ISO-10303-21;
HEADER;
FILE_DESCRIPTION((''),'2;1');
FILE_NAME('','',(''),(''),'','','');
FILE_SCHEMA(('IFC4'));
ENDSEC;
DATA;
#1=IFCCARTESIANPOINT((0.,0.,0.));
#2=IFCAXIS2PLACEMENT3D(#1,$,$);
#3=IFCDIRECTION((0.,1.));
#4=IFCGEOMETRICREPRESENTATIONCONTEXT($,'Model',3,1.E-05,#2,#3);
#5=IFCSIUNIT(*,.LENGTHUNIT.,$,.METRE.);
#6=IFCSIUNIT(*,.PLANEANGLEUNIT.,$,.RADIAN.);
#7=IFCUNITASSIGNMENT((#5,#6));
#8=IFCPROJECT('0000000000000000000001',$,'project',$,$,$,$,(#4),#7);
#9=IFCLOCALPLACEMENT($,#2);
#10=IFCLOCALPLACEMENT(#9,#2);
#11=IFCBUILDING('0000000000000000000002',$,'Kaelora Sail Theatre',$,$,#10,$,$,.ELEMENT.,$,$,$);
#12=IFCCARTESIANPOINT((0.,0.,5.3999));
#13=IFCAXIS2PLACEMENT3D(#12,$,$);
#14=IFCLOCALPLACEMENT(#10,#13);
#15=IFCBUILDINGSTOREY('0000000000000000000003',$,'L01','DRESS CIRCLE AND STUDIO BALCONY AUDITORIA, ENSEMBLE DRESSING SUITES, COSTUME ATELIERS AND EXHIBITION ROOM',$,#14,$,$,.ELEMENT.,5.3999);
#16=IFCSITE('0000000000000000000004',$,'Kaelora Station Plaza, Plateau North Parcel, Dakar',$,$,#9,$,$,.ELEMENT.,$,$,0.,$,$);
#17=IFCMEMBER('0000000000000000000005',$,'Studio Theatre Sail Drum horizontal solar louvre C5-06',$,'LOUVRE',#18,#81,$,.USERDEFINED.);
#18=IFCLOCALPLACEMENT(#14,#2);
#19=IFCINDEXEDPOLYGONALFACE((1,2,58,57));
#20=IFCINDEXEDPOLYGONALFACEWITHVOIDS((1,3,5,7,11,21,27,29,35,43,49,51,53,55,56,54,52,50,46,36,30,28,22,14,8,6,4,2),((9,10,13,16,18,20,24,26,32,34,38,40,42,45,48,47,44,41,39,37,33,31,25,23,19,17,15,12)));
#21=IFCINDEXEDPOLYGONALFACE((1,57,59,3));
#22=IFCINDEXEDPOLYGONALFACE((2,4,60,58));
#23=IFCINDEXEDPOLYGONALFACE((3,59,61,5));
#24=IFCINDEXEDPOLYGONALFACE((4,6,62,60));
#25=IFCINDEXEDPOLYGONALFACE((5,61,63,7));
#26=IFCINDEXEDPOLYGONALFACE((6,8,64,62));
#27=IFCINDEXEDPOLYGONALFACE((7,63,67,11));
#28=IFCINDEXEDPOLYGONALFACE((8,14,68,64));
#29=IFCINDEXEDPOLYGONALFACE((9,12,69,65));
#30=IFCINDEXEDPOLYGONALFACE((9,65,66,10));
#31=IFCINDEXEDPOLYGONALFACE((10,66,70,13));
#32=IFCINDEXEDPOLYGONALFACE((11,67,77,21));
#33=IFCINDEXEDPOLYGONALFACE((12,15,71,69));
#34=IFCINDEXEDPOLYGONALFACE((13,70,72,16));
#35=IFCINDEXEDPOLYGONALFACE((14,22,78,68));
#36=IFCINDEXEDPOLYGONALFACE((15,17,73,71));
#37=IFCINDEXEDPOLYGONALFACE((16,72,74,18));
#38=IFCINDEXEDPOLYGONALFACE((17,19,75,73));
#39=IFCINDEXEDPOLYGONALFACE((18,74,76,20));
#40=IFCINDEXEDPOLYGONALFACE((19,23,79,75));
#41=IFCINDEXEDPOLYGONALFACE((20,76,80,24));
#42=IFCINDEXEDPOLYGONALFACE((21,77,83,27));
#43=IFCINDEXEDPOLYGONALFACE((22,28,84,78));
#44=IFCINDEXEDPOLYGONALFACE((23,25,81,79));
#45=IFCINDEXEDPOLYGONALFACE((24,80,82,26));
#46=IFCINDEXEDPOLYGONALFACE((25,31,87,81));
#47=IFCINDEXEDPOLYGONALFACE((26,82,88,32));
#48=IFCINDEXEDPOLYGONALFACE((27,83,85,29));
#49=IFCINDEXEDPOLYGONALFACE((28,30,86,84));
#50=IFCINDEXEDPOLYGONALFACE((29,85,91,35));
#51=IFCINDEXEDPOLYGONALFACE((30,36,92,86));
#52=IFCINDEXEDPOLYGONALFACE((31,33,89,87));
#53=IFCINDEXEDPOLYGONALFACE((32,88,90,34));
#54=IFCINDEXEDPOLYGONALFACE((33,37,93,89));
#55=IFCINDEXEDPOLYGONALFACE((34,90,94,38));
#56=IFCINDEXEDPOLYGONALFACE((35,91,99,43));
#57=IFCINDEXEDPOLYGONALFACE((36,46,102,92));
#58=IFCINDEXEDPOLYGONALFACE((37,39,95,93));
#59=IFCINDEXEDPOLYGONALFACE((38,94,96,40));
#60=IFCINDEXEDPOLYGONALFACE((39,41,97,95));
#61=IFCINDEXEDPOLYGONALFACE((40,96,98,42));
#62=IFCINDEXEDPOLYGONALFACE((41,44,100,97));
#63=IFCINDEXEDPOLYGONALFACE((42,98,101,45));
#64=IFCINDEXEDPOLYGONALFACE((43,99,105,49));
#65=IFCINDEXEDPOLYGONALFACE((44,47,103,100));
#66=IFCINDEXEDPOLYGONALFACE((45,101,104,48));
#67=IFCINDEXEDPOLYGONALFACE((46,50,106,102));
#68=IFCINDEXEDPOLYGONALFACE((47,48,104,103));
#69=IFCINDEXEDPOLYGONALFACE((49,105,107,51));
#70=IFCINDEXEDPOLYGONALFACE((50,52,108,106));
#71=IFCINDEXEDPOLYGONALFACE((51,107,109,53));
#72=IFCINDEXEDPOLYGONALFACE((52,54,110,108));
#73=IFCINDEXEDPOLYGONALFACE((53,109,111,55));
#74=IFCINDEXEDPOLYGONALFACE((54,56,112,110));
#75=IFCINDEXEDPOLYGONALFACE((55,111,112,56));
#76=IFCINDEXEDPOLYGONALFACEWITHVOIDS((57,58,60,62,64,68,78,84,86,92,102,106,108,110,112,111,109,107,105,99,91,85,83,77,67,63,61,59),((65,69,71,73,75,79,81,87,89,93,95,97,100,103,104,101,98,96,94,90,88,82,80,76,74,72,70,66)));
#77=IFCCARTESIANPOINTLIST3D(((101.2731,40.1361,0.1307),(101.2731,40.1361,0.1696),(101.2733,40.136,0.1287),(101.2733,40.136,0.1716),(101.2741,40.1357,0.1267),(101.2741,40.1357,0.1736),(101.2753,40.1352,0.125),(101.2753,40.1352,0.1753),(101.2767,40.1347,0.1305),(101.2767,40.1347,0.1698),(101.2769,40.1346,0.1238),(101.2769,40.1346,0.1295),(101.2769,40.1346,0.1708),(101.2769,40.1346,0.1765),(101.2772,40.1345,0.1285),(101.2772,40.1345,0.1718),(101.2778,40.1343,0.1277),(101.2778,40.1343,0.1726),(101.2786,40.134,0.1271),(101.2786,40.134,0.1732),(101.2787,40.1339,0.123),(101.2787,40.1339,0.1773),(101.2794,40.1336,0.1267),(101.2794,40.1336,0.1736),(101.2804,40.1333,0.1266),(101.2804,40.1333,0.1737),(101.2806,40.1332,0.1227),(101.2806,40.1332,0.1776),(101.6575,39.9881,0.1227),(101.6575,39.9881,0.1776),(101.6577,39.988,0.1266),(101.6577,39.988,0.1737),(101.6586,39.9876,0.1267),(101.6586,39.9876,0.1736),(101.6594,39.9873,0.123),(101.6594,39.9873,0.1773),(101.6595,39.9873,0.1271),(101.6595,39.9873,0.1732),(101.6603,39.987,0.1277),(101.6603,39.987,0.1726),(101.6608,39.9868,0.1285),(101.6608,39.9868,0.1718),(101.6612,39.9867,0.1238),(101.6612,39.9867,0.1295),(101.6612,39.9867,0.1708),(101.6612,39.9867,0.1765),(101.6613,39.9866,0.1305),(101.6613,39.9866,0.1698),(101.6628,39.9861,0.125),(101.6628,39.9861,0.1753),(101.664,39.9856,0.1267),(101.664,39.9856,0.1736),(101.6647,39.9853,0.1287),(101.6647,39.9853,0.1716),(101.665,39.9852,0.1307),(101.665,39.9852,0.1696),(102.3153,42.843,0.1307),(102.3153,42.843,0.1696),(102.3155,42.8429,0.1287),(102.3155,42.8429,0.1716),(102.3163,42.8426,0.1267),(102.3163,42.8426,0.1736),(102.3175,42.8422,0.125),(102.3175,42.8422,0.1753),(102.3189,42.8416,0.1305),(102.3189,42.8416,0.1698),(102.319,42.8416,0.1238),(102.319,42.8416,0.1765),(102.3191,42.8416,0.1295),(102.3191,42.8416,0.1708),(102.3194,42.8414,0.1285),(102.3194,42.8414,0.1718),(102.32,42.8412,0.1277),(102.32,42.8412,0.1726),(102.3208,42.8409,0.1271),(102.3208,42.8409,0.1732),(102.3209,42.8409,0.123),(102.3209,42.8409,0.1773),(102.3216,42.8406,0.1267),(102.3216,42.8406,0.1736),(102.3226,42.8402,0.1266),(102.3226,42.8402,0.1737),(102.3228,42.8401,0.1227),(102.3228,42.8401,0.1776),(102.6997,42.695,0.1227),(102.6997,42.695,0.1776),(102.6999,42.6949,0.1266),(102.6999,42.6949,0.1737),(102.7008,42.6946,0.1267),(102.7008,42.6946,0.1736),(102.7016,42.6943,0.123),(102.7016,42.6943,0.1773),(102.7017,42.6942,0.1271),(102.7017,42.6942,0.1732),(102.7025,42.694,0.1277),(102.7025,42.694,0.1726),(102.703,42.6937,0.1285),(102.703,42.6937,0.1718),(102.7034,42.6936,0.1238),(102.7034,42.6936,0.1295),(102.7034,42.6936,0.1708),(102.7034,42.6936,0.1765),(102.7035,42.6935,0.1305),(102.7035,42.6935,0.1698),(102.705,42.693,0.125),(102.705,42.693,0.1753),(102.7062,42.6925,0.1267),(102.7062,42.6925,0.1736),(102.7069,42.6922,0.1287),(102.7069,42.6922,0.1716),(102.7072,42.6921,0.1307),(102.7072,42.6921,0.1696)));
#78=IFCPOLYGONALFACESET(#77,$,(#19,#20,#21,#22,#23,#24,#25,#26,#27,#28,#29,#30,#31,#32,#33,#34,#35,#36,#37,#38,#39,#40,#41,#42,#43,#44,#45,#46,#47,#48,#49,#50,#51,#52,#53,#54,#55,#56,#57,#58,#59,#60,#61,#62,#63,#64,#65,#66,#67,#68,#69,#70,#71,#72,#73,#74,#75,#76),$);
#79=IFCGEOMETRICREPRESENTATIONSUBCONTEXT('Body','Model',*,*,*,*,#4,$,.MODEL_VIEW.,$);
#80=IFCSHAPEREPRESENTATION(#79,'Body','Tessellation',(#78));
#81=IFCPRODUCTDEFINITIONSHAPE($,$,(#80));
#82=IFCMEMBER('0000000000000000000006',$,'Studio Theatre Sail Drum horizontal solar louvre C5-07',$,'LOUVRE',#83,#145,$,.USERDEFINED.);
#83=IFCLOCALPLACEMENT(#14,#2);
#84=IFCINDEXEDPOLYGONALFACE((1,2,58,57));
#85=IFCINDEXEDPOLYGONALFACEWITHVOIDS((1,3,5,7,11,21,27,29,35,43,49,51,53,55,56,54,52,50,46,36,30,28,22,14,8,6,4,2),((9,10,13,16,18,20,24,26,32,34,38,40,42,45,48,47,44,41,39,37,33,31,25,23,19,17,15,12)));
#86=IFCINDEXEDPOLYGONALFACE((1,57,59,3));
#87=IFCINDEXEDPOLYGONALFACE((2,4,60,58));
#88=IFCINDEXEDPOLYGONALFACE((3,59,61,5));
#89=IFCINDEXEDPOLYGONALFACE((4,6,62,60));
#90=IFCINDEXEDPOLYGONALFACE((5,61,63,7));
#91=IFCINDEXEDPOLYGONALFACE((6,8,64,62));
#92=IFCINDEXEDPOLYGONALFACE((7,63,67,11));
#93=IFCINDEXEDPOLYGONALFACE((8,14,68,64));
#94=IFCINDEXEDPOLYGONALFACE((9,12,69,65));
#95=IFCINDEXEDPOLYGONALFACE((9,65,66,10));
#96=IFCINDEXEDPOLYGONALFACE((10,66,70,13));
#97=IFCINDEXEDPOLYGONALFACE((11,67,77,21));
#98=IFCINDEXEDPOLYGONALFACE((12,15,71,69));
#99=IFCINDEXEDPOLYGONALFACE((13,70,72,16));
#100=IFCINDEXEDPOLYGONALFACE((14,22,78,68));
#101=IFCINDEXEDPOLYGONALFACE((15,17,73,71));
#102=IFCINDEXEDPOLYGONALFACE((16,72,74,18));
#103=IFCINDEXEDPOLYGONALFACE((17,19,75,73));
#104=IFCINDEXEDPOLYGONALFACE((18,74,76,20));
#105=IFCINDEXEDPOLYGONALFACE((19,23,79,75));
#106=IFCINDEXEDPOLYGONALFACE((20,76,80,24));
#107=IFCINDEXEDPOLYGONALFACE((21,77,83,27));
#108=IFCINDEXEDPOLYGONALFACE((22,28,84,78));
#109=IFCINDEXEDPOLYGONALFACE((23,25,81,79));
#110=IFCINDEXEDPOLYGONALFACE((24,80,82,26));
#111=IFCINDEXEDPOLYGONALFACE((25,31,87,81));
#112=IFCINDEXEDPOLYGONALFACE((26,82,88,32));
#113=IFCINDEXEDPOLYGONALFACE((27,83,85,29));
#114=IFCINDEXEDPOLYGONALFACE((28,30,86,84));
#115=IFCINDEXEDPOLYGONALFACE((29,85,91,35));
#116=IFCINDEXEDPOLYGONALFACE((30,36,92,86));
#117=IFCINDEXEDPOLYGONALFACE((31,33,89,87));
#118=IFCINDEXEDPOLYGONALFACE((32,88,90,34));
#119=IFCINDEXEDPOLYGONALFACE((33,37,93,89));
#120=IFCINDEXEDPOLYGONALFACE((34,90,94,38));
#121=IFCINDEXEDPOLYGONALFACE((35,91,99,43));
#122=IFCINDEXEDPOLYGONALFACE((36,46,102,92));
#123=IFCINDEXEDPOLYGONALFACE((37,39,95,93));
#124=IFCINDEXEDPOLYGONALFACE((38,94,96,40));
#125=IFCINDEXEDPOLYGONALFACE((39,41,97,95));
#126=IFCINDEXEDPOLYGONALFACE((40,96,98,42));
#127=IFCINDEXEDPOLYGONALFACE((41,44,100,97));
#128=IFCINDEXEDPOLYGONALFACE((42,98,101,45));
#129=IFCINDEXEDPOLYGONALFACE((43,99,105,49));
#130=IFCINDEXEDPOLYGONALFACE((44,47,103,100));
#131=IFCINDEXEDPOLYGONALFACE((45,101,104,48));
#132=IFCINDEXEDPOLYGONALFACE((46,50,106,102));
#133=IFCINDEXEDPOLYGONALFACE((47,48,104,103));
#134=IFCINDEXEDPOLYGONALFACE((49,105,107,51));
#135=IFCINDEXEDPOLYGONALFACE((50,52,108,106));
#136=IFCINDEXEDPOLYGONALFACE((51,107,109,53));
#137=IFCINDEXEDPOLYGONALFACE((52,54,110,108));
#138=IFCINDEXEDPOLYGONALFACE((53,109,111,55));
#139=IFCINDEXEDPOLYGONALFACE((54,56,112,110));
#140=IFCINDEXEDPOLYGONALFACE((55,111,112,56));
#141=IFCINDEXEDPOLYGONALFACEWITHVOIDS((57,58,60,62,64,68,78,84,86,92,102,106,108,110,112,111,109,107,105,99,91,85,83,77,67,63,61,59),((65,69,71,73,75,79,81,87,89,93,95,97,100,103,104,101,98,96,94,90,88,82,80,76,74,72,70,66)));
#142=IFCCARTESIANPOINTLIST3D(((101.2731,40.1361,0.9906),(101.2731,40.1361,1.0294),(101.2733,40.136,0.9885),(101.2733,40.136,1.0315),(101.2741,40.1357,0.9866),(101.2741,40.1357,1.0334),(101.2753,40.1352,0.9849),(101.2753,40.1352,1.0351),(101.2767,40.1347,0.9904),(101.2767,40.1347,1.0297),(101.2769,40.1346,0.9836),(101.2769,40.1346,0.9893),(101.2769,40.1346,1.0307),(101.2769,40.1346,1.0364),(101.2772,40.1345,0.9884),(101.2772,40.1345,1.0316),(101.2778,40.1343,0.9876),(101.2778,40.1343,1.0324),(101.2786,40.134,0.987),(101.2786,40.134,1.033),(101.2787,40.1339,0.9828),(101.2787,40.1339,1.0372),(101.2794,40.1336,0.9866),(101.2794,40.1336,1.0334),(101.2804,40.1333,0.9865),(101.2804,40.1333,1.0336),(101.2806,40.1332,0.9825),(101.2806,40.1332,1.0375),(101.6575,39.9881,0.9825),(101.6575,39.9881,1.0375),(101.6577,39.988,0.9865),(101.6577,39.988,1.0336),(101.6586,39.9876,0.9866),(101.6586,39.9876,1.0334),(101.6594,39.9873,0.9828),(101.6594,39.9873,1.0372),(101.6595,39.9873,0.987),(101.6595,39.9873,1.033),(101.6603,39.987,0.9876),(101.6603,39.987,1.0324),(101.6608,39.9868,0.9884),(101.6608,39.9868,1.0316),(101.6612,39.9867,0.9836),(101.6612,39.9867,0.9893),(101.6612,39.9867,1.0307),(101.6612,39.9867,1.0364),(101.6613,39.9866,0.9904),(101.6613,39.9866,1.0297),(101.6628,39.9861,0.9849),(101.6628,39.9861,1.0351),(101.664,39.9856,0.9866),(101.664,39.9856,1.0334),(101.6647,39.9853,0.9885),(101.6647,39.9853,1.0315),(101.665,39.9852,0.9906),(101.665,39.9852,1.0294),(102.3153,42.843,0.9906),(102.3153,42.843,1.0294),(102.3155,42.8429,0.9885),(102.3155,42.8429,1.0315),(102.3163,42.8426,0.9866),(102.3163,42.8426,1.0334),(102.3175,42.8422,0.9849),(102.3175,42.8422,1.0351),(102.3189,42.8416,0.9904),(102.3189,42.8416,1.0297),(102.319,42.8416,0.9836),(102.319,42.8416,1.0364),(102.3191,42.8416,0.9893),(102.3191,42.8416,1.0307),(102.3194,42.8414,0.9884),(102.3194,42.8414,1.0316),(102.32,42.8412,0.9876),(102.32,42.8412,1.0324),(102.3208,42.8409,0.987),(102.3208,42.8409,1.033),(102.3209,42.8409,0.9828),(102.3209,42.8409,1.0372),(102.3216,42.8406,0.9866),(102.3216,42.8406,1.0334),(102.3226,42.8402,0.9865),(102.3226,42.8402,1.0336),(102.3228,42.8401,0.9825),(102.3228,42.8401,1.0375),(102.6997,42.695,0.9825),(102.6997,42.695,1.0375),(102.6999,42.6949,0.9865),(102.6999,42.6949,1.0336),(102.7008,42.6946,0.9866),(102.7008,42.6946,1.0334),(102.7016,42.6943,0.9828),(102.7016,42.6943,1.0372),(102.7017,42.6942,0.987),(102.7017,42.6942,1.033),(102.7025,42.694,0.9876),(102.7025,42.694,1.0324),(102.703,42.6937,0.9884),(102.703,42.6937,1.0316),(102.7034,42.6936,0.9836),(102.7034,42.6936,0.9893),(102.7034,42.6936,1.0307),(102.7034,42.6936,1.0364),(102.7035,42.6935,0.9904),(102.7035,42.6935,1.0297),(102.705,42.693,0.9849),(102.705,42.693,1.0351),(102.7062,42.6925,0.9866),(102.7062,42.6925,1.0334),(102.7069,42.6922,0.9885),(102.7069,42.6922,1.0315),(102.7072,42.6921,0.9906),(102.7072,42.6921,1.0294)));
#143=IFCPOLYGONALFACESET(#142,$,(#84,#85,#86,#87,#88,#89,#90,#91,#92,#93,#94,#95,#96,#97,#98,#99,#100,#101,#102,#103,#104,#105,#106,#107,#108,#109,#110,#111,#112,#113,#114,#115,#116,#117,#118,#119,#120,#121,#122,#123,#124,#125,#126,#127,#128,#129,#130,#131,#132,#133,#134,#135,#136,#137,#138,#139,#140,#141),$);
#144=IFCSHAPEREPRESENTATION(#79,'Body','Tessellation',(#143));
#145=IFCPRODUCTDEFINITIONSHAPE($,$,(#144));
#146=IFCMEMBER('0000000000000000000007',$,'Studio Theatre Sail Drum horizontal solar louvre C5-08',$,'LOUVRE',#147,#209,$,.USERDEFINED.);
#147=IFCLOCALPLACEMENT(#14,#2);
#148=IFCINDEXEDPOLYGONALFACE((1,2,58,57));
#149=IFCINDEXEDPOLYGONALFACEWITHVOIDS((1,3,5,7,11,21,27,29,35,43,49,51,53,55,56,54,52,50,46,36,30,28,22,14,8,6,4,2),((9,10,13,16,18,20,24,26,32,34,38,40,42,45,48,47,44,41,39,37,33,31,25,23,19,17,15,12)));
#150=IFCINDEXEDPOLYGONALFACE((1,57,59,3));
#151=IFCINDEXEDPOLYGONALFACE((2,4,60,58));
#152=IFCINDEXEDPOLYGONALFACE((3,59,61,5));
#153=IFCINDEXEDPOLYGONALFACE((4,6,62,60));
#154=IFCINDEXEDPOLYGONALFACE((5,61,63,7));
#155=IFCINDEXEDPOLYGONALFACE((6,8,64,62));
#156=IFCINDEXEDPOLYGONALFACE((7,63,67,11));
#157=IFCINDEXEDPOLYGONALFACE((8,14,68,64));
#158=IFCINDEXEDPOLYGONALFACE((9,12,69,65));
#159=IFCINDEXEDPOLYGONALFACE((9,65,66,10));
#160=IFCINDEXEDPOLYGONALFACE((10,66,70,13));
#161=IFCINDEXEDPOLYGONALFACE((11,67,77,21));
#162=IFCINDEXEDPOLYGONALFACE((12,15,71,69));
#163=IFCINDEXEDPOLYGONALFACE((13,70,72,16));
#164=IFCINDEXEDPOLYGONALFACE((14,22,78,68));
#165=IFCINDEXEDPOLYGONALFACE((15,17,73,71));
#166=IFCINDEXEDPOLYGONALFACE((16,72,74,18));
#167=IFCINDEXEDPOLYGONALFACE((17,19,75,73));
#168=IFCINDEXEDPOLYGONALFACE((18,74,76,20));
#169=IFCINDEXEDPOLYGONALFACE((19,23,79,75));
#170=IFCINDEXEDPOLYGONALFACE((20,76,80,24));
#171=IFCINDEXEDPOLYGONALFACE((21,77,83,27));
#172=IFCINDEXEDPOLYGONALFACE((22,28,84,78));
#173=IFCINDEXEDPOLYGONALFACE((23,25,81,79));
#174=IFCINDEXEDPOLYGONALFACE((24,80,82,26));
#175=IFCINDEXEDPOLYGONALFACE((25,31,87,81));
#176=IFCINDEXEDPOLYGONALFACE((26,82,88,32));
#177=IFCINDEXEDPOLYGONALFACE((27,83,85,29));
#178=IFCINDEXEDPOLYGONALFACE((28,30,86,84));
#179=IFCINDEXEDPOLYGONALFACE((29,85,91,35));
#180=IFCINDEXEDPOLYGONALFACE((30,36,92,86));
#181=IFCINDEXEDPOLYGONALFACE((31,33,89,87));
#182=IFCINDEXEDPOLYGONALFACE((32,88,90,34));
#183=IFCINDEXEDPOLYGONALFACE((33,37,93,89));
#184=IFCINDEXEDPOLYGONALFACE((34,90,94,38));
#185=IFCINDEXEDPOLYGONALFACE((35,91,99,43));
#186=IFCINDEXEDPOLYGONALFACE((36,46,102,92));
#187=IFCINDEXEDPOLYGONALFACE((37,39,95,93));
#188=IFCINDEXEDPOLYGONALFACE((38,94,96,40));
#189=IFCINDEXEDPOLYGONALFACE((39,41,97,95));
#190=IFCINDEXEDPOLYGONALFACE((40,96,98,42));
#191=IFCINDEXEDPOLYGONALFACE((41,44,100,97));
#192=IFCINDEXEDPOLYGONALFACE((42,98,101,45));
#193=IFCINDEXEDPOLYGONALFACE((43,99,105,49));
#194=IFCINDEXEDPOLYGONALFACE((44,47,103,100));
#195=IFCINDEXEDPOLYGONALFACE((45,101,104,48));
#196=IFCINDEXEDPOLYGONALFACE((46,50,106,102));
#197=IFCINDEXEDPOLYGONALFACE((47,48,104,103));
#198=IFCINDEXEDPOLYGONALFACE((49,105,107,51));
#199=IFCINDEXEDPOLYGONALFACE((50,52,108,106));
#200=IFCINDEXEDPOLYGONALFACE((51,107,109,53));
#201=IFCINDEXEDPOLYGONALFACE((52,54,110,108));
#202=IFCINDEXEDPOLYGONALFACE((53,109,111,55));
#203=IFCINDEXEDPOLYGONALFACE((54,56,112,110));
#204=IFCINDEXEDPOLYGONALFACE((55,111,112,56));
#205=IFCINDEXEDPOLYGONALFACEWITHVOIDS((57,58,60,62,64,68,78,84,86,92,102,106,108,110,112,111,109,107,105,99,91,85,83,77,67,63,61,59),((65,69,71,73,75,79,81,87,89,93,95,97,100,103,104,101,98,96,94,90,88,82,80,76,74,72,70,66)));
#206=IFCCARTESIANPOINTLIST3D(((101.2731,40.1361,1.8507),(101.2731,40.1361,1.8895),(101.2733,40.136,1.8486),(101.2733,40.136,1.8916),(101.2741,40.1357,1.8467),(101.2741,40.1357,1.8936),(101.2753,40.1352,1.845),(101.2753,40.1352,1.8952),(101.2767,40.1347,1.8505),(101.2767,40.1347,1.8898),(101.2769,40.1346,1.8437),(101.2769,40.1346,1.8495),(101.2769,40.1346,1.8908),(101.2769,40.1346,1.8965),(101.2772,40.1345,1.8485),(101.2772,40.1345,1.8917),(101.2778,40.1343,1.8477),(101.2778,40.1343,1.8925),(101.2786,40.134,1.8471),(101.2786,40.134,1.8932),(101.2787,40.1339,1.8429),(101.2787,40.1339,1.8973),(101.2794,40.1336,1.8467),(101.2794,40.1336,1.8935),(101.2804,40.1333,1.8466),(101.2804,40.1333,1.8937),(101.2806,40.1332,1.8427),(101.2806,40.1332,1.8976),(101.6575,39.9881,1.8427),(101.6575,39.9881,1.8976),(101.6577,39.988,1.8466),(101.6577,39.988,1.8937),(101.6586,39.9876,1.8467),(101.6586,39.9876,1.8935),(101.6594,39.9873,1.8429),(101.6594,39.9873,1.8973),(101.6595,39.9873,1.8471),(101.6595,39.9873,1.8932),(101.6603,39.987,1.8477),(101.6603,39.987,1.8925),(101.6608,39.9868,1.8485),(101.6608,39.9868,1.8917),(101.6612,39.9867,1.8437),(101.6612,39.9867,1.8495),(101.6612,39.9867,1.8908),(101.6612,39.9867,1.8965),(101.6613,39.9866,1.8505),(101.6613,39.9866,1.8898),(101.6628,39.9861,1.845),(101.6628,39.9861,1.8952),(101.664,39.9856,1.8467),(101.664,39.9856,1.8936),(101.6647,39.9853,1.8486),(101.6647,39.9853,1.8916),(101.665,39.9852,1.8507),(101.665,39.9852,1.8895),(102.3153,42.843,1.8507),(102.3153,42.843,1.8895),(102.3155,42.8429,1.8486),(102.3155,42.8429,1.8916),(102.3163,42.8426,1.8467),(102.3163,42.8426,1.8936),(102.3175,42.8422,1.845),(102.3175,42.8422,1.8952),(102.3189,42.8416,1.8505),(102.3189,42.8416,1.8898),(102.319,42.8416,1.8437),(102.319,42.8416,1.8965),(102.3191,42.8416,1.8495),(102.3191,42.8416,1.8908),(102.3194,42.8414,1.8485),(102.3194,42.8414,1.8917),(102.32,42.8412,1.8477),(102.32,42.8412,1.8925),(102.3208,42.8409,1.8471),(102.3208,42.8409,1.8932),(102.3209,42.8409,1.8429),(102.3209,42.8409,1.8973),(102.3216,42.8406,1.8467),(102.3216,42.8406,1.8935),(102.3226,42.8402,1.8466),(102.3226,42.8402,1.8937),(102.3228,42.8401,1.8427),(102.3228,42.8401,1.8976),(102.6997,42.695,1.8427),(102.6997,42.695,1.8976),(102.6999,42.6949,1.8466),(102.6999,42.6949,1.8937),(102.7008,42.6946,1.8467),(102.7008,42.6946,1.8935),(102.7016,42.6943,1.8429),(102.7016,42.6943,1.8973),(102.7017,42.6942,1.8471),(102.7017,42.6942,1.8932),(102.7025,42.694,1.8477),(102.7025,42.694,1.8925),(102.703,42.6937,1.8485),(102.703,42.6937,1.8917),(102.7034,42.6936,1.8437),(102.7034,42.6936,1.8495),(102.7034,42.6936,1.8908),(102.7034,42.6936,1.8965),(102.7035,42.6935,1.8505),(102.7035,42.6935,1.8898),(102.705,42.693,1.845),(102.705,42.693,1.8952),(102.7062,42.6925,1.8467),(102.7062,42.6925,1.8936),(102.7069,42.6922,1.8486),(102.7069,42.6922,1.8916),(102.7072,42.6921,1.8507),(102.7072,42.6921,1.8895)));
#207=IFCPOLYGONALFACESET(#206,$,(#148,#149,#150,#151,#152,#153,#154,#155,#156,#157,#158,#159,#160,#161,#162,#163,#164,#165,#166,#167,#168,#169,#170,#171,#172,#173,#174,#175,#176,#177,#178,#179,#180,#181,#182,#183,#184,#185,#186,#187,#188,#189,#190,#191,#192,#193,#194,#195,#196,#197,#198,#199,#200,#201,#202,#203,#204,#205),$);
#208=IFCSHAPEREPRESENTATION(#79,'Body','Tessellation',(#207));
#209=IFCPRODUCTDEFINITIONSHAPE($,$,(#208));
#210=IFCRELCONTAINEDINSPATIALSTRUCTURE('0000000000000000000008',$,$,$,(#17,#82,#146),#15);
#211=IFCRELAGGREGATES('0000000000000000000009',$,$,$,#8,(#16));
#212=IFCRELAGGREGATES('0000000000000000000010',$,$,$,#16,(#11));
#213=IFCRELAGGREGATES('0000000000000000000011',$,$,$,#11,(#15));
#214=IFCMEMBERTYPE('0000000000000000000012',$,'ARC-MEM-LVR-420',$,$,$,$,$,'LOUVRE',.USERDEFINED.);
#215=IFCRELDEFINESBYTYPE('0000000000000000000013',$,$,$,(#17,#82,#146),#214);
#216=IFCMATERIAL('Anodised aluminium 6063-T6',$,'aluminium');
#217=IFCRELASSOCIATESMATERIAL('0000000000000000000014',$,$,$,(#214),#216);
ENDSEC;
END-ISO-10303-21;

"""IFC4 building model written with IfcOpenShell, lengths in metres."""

from ifc_helpers import new_model, si_unit, direction, frame, origin, origin_2d, place, context, subcontext, project, spatial, hollow_rectangle, extrude, material, material_profile, profile_set, type_object, element, save


model = new_model("IFC4")

# Units and contexts
model_context = context("Model", 3, precision=1e-05, world=origin(), true_north=direction((0.0, 1.0)))
body_context = subcontext(model_context, "Body", "Model", "MODEL_VIEW")
ifc_project = project(units=[si_unit("LENGTHUNIT", "METRE"), si_unit("PLANEANGLEUNIT", "RADIAN")], contexts=[model_context])

# Site, building, storey
site_placement = place(None, origin())
site = spatial("IfcSite", under=ifc_project, at=site_placement, Name="Kaelora Station Plaza, Plateau North Parcel, Dakar", CompositionType="ELEMENT", RefElevation=0.0)
building_placement = place(site_placement, origin())
building = spatial("IfcBuilding", under=site, at=building_placement, Name="Kaelora Sail Theatre", CompositionType="ELEMENT")
storey_placement = place(building_placement, frame((0.0, 0.0, 5.3999)))
storey = spatial("IfcBuildingStorey", under=building, at=storey_placement, Name="L01", Description="DRESS CIRCLE AND STUDIO BALCONY AUDITORIA, ENSEMBLE DRESSING SUITES, COSTUME ATELIERS AND EXHIBITION ROOM", CompositionType="ELEMENT", Elevation=5.3999)

# Members
ifc_material_1 = material(Name="Anodised aluminium 6063-T6", Category="aluminium")
ifc_material_profile_1 = material_profile(ifc_material_1, hollow_rectangle(XDim=0.4199, YDim=0.0549, WallThickness=0.0039, InnerFilletRadius=0.0039, OuterFilletRadius=0.0081, at=origin_2d()), Name="LOUVRE 420x55x4")
ifc_profile_set_1 = profile_set([ifc_material_profile_1], Name="Anodised aluminium 6063-T6")
member_type = type_object("IfcMemberType", Name="ARC-MEM-LVR-420", ElementType="LOUVRE", PredefinedType="USERDEFINED", material=ifc_profile_set_1)
for number, where, z_axis, x_axis, name in (
    (1, (102.5112, 42.7676, 0.1501), (-0.359301, -0.933222, 0.0), (0.933222, -0.359301, 0.0), "Studio Theatre Sail Drum horizontal solar louvre C5-06"),
    (2, (102.5112, 42.7676, 1.01), (-0.359301, -0.933222, 0.0), (0.933222, -0.359301, 0.0), "Studio Theatre Sail Drum horizontal solar louvre C5-07"),
    (3, (102.5112, 42.7676, 1.8701), (-0.359301, -0.933222, 0.0), (0.933222, -0.359301, 0.0), "Studio Theatre Sail Drum horizontal solar louvre C5-08"),
):
    element("IfcMember", number, at=place(storey_placement, frame(where, z_axis=z_axis, x_axis=x_axis)), inside=storey, type_object=member_type, Name=name, ObjectType="LOUVRE", PredefinedType="USERDEFINED", context=body_context, shape_type="SweptSolid", body=[
        extrude(hollow_rectangle(XDim=0.4199, YDim=0.0549, WallThickness=0.0039, InnerFilletRadius=0.0039, OuterFilletRadius=0.0081, at=origin_2d()), origin(), (0.0, 0.0, 1.0), 2.9006),
    ])

save(model, "model.ifc")
